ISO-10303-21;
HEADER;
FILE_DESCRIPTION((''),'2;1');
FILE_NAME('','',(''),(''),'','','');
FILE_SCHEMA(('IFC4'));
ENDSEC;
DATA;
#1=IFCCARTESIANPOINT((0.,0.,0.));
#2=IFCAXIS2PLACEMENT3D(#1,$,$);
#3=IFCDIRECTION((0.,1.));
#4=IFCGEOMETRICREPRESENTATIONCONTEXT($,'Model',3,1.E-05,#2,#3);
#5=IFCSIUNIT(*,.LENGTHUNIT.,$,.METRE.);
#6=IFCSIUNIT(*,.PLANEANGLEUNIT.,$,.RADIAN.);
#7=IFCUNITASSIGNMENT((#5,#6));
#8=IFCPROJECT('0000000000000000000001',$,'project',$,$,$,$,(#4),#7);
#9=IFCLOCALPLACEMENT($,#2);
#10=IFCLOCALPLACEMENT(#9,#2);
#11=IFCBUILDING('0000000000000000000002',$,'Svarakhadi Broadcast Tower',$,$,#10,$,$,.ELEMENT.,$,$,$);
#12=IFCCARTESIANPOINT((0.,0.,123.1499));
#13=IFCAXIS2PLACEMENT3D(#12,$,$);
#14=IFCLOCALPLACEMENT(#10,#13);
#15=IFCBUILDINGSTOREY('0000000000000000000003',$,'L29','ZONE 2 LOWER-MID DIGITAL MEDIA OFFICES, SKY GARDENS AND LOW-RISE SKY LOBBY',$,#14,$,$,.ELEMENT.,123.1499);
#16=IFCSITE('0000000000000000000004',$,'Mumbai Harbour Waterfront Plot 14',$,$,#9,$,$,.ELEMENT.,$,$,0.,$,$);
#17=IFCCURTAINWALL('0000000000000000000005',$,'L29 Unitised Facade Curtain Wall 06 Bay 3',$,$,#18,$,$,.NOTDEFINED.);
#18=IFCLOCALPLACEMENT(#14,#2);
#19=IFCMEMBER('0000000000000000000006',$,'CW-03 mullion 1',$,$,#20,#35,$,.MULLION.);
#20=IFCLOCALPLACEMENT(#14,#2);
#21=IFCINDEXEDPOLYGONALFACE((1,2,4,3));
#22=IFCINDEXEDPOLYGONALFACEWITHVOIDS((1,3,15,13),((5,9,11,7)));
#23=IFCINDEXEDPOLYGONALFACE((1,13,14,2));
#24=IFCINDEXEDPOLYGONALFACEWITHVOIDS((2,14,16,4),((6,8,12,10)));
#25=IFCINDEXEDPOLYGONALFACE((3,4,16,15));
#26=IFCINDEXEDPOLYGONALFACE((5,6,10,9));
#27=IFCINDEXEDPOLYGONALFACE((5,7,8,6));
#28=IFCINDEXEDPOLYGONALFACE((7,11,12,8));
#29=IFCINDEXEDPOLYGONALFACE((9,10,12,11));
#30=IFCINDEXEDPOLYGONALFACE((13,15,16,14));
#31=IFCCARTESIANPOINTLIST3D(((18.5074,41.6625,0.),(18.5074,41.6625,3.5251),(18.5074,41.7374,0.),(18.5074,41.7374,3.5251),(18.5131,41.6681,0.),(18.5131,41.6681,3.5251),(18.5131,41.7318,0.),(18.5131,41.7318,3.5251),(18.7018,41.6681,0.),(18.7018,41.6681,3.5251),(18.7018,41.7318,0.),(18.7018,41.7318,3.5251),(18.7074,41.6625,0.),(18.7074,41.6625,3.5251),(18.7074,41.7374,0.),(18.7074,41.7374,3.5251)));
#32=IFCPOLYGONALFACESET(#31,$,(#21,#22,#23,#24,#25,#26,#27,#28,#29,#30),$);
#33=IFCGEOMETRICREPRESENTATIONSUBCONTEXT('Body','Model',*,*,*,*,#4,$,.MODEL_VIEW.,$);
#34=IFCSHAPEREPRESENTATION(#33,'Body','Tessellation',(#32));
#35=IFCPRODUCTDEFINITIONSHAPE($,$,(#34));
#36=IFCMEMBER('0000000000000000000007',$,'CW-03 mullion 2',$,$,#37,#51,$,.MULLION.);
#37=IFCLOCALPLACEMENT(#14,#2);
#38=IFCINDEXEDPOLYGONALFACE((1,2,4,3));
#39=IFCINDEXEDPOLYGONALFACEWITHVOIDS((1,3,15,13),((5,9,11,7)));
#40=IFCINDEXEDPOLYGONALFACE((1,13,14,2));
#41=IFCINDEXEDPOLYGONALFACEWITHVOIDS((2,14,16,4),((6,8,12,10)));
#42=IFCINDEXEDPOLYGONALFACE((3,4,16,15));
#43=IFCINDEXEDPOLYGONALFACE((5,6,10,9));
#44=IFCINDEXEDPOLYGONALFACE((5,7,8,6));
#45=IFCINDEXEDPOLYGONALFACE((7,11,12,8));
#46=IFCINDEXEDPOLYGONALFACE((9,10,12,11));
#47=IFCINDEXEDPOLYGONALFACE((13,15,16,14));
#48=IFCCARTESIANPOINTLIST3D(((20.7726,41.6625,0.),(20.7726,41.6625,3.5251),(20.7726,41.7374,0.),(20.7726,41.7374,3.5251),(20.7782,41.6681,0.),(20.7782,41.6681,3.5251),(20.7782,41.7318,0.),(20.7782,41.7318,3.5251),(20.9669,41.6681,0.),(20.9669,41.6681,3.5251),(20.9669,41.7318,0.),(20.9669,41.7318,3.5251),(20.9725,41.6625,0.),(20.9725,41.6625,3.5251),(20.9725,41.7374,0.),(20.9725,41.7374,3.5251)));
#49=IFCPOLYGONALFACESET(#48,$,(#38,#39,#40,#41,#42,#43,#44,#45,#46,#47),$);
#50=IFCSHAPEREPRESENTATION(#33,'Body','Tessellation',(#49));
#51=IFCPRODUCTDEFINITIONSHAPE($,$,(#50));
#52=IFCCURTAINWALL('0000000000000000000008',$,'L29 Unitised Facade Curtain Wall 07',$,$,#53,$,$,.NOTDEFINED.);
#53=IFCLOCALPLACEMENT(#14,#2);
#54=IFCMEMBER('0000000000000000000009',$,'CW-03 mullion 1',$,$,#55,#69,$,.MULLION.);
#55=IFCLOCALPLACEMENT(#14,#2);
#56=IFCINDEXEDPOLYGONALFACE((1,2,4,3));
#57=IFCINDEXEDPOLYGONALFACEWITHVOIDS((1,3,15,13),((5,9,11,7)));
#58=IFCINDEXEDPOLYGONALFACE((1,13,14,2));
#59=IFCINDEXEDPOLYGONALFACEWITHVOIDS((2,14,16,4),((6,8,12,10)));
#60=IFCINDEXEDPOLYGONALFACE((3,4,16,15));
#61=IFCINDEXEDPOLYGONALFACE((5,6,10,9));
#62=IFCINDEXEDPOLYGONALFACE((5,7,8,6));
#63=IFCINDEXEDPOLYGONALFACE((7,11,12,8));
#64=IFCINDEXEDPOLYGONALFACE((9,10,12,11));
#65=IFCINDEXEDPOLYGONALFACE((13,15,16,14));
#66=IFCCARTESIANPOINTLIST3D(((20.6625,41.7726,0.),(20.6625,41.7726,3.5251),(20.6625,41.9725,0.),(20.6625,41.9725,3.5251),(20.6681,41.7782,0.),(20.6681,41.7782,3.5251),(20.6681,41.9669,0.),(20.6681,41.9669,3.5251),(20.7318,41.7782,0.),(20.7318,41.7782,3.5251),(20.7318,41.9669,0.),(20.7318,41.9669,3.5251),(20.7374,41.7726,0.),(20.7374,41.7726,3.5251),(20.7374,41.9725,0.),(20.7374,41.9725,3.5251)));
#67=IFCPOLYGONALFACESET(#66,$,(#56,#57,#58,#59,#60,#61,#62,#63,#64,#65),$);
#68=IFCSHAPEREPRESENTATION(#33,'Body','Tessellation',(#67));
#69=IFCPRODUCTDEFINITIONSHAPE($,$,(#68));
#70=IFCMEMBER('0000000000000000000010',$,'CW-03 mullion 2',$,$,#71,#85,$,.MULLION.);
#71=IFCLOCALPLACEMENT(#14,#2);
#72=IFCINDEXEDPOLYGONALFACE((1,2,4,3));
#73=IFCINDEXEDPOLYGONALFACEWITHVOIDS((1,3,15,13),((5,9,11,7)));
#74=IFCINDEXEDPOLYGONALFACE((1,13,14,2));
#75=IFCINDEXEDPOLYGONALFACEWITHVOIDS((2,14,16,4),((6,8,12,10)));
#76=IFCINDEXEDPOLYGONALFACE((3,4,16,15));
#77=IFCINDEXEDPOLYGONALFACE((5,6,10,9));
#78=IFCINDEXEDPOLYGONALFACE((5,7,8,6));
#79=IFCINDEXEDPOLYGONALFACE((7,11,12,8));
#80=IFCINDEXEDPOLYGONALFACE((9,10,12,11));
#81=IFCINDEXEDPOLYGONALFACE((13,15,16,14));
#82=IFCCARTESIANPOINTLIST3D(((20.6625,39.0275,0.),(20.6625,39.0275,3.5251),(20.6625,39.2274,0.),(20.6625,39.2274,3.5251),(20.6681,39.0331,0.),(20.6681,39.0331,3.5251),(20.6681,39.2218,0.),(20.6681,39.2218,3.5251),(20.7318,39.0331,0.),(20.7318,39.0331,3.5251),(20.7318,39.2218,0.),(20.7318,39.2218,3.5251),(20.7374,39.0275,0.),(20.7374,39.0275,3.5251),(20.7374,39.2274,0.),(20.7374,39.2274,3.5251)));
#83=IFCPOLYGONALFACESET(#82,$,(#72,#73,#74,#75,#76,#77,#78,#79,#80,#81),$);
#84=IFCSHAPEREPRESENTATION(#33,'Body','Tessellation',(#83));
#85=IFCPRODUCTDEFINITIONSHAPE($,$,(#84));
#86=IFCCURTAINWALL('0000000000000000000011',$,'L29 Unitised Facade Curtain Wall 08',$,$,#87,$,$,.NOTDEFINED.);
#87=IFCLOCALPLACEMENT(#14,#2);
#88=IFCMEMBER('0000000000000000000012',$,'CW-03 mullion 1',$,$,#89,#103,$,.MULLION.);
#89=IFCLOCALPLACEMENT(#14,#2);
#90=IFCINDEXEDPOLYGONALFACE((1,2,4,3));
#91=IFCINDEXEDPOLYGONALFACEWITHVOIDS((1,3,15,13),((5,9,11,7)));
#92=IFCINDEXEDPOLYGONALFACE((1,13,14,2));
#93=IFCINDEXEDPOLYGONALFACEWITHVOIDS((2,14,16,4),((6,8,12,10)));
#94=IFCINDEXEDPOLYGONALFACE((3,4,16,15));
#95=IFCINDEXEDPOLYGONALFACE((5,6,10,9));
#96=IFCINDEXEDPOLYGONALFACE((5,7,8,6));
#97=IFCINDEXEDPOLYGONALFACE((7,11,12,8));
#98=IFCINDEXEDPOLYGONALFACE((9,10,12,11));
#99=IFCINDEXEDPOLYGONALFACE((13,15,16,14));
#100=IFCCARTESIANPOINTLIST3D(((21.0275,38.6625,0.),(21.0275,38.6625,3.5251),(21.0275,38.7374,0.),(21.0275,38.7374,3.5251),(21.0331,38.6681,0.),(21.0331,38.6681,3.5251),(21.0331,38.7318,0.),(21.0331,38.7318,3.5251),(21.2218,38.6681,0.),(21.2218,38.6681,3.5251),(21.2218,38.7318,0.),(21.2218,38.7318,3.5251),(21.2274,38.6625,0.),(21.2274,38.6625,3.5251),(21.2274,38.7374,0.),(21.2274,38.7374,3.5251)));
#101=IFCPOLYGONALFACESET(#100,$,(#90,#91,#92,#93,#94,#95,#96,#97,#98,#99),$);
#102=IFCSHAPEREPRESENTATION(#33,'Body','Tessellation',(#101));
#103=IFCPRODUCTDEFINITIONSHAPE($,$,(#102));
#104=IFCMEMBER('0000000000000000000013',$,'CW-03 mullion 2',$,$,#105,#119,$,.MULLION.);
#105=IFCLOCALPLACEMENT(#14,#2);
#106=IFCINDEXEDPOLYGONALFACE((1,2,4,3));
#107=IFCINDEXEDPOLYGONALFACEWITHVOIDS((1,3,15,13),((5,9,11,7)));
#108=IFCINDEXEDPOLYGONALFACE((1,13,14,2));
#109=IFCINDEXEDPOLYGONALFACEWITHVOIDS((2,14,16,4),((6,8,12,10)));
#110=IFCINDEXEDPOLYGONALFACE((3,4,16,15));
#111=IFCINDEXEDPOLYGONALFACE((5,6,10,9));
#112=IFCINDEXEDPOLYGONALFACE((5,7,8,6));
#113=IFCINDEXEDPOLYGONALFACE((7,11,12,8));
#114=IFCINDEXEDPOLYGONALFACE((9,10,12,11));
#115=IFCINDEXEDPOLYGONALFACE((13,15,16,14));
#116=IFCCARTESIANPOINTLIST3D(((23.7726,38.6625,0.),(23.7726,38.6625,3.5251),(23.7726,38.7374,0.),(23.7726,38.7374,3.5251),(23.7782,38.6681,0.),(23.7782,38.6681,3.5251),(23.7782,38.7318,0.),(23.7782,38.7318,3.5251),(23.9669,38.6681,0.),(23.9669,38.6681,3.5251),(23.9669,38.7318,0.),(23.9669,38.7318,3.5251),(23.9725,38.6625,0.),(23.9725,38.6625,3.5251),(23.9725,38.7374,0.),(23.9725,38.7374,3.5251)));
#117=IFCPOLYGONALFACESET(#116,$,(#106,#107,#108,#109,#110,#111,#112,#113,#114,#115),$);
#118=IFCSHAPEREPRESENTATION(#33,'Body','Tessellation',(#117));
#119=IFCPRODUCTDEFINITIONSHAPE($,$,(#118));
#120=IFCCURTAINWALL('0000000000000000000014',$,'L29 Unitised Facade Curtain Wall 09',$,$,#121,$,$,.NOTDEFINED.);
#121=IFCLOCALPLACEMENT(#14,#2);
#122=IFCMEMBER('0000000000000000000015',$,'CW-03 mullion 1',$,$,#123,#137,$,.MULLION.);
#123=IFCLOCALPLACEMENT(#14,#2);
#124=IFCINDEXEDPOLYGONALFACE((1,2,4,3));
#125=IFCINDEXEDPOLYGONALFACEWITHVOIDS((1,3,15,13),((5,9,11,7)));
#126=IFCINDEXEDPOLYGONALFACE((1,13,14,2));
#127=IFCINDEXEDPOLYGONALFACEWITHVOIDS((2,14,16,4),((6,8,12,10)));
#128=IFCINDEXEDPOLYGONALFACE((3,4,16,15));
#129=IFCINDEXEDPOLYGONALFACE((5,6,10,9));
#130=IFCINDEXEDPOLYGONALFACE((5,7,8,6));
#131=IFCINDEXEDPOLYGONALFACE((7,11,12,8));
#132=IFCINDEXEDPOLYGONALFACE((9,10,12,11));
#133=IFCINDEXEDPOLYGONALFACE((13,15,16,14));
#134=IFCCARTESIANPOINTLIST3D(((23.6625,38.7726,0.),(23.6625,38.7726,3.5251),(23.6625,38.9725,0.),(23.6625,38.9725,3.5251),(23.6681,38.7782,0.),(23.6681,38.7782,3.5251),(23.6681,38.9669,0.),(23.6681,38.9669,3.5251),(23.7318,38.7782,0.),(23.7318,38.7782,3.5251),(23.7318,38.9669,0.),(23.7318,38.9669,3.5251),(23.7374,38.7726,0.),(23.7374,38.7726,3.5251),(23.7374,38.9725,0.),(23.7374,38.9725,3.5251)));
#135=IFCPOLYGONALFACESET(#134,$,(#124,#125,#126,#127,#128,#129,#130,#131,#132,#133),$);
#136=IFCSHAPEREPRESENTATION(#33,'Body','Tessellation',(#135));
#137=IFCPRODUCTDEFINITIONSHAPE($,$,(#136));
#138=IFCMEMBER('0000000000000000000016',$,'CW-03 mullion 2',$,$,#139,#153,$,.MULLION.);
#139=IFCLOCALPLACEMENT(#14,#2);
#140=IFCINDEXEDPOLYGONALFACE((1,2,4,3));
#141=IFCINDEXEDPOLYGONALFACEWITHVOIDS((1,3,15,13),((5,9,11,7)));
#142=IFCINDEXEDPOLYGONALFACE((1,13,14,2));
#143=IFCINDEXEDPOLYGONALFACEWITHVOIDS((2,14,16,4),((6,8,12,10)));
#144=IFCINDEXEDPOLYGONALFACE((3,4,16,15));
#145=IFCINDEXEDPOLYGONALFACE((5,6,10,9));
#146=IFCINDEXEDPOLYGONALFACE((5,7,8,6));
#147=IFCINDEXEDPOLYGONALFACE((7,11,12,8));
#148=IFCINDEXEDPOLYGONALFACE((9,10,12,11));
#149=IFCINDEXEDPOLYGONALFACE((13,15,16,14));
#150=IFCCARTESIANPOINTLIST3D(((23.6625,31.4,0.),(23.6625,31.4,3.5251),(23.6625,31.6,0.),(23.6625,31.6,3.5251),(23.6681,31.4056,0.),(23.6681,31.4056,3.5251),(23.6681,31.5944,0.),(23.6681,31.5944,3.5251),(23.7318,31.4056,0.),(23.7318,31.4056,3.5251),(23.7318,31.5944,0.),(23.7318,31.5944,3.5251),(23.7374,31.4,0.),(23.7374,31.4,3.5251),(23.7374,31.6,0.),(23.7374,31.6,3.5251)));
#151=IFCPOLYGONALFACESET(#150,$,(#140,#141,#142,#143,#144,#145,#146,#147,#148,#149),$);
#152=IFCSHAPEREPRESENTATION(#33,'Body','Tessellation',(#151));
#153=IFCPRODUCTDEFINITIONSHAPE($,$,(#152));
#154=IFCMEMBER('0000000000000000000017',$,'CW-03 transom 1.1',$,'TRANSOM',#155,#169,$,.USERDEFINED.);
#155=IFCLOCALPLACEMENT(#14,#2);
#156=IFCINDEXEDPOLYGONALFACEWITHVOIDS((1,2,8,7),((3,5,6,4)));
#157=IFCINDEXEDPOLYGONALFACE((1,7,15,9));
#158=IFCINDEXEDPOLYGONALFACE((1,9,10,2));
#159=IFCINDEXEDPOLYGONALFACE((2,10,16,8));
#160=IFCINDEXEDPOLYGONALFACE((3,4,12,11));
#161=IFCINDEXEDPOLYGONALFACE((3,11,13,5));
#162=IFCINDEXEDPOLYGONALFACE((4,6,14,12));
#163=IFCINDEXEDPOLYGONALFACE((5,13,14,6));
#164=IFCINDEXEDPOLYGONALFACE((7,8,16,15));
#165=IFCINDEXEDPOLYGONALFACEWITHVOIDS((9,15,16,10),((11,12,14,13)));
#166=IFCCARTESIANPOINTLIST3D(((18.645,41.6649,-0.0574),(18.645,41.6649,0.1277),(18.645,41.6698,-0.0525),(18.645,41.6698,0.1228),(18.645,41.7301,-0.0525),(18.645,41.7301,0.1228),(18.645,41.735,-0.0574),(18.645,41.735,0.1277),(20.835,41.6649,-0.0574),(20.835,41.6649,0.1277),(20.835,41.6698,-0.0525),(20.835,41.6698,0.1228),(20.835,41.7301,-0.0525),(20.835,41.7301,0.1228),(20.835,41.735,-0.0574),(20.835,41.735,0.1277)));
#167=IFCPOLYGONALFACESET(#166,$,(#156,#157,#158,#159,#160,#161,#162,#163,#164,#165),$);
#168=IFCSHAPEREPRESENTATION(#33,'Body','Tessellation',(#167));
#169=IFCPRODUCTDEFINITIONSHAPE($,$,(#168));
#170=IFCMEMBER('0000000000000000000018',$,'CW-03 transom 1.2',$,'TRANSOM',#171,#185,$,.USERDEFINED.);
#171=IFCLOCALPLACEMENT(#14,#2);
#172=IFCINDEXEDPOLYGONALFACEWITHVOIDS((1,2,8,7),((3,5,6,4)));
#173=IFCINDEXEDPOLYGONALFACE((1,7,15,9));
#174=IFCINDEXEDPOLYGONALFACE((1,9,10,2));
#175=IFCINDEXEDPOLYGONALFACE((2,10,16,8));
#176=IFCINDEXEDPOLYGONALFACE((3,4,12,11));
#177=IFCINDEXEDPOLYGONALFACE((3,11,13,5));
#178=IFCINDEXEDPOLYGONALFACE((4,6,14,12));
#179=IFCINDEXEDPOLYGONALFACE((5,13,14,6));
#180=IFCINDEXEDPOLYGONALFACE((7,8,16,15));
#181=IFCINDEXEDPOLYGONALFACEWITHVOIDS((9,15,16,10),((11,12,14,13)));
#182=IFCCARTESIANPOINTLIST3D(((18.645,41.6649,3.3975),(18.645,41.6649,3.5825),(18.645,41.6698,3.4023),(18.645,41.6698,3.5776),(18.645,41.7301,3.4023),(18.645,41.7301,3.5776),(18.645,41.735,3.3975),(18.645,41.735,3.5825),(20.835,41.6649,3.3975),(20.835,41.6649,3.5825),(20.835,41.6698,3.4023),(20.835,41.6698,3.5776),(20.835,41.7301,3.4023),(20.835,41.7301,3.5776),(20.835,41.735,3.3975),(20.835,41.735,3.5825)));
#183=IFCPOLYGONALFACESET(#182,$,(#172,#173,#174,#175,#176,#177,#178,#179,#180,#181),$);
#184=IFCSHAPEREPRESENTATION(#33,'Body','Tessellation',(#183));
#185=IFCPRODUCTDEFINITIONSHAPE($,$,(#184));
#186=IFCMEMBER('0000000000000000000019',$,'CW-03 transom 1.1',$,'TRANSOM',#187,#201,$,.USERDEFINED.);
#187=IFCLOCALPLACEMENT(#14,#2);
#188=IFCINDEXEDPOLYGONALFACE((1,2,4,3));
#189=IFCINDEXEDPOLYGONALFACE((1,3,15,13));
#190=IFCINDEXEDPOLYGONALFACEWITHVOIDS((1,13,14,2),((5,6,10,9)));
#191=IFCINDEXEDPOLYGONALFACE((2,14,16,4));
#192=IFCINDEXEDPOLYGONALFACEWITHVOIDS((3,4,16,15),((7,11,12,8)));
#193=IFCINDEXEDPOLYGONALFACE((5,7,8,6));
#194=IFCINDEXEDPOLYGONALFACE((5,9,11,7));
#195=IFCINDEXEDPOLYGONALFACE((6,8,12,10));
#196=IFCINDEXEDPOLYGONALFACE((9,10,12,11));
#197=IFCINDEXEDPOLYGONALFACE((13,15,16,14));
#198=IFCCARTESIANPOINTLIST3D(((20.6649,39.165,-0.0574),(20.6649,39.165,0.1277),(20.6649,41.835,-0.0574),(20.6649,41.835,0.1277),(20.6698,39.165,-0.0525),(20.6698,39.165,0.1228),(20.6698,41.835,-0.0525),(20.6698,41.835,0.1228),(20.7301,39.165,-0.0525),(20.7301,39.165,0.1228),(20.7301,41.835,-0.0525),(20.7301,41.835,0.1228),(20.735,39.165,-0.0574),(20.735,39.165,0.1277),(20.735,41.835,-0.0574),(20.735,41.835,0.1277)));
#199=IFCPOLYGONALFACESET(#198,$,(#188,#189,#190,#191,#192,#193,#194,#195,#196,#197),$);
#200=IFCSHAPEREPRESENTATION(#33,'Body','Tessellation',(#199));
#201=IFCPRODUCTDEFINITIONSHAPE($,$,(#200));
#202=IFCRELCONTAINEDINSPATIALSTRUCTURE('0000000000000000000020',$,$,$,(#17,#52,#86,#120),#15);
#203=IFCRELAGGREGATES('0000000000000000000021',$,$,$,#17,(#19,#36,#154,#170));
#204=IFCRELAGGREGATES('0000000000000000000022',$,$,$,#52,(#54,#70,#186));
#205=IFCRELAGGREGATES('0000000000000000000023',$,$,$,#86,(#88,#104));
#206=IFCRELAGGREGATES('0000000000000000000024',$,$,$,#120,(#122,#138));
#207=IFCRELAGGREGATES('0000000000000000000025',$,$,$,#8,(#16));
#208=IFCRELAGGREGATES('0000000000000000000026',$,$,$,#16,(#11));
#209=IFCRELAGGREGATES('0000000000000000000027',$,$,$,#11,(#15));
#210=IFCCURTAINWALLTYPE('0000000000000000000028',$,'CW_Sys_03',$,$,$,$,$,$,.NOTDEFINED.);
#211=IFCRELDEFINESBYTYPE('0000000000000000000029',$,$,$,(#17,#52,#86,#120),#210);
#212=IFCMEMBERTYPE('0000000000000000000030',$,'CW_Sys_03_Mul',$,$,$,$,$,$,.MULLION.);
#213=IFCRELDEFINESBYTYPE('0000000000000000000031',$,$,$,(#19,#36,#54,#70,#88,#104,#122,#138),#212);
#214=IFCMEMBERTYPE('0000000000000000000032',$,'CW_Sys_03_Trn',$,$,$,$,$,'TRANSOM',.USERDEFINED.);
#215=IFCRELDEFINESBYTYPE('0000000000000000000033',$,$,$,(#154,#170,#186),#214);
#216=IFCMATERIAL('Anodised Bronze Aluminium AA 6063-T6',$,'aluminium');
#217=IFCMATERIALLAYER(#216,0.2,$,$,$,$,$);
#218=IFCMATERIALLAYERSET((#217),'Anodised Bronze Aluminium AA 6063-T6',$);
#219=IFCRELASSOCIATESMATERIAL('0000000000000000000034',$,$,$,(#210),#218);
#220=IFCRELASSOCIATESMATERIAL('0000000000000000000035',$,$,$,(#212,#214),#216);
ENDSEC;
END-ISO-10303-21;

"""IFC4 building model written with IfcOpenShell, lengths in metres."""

from ifc_helpers import new_model, si_unit, direction, frame, origin, origin_2d, place, context, subcontext, project, spatial, hollow_rectangle, extrude, material, layer, layer_set, material_profile, profile_set, type_object, element, aggregate, save


model = new_model("IFC4")

# Units and contexts
model_context = context("Model", 3, precision=1e-05, world=origin(), true_north=direction((0.0, 1.0)))
body_context = subcontext(model_context, "Body", "Model", "MODEL_VIEW")
ifc_project = project(units=[si_unit("LENGTHUNIT", "METRE"), si_unit("PLANEANGLEUNIT", "RADIAN")], contexts=[model_context])

# Site, building, storey
site_placement = place(None, origin())
site = spatial("IfcSite", under=ifc_project, at=site_placement, Name="Mumbai Harbour Waterfront Plot 14", CompositionType="ELEMENT", RefElevation=0.0)
building_placement = place(site_placement, origin())
building = spatial("IfcBuilding", under=site, at=building_placement, Name="Svarakhadi Broadcast Tower", CompositionType="ELEMENT")
storey_placement = place(building_placement, frame((0.0, 0.0, 123.1499)))
storey = spatial("IfcBuildingStorey", under=building, at=storey_placement, Name="L29", Description="ZONE 2 LOWER-MID DIGITAL MEDIA OFFICES, SKY GARDENS AND LOW-RISE SKY LOBBY", CompositionType="ELEMENT", Elevation=123.1499)

# Curtain walls, members
ifc_material_1 = material(Name="Anodised Bronze Aluminium AA 6063-T6", Category="aluminium")
ifc_layer_1 = layer(ifc_material_1, 0.2)
ifc_layer_set_1 = layer_set([ifc_layer_1], Name="Anodised Bronze Aluminium AA 6063-T6")
curtain_wall_type = type_object("IfcCurtainWallType", Name="CW_Sys_03", PredefinedType="NOTDEFINED", material=ifc_layer_set_1)
curtain_wall_1_placement = place(storey_placement, origin())
curtain_wall_1 = element("IfcCurtainWall", 1, at=curtain_wall_1_placement, inside=storey, type_object=curtain_wall_type, Name="L29 Unitised Facade Curtain Wall 06 Bay 3", PredefinedType="NOTDEFINED")
ifc_material_profile_1 = material_profile(ifc_material_1, hollow_rectangle(XDim=0.075, YDim=0.2, WallThickness=0.0056, at=origin_2d()), Name="ALU MULLION 200x75x6")
ifc_profile_set_1 = profile_set([ifc_material_profile_1], Name="Anodised Bronze Aluminium AA 6063-T6")
member_type_1 = type_object("IfcMemberType", Name="CW_Sys_03_Mul", PredefinedType="MULLION", material=ifc_profile_set_1)
member_1_placement = place(storey_placement, frame((18.6074, 41.7, 0.0), z_axis=(0.0, 0.0, 1.0), x_axis=(0.0, 1.0, 0.0)))
member_1 = element("IfcMember", 2, at=member_1_placement, type_object=member_type_1, Name="CW-03 mullion 1", PredefinedType="MULLION", context=body_context, shape_type="SweptSolid", body=[
    extrude(hollow_rectangle(XDim=0.075, YDim=0.2, WallThickness=0.0056, at=origin_2d()), origin(), (0.0, 0.0, 1.0), 3.5251),
])
member_2_placement = place(storey_placement, frame((20.8726, 41.7, 0.0), z_axis=(0.0, 0.0, 1.0), x_axis=(0.0, 1.0, 0.0)))
member_2 = element("IfcMember", 3, at=member_2_placement, type_object=member_type_1, Name="CW-03 mullion 2", PredefinedType="MULLION", context=body_context, shape_type="SweptSolid", body=[
    extrude(hollow_rectangle(XDim=0.075, YDim=0.2, WallThickness=0.0056, at=origin_2d()), origin(), (0.0, 0.0, 1.0), 3.5251),
])
curtain_wall_2_placement = place(storey_placement, origin())
curtain_wall_2 = element("IfcCurtainWall", 4, at=curtain_wall_2_placement, inside=storey, type_object=curtain_wall_type, Name="L29 Unitised Facade Curtain Wall 07", PredefinedType="NOTDEFINED")
member_3_placement = place(storey_placement, frame((20.7, 41.8726, 0.0), z_axis=(0.0, 0.0, 1.0), x_axis=(1.0, 0.0, 0.0)))
member_3 = element("IfcMember", 5, at=member_3_placement, type_object=member_type_1, Name="CW-03 mullion 1", PredefinedType="MULLION", context=body_context, shape_type="SweptSolid", body=[
    extrude(hollow_rectangle(XDim=0.075, YDim=0.2, WallThickness=0.0056, at=origin_2d()), origin(), (0.0, 0.0, 1.0), 3.5251),
])
member_4_placement = place(storey_placement, frame((20.7, 39.1274, 0.0), z_axis=(0.0, 0.0, 1.0), x_axis=(1.0, 0.0, 0.0)))
member_4 = element("IfcMember", 6, at=member_4_placement, type_object=member_type_1, Name="CW-03 mullion 2", PredefinedType="MULLION", context=body_context, shape_type="SweptSolid", body=[
    extrude(hollow_rectangle(XDim=0.075, YDim=0.2, WallThickness=0.0056, at=origin_2d()), origin(), (0.0, 0.0, 1.0), 3.5251),
])
curtain_wall_3_placement = place(storey_placement, origin())
curtain_wall_3 = element("IfcCurtainWall", 7, at=curtain_wall_3_placement, inside=storey, type_object=curtain_wall_type, Name="L29 Unitised Facade Curtain Wall 08", PredefinedType="NOTDEFINED")
member_5_placement = place(storey_placement, frame((21.1274, 38.7, 0.0), z_axis=(0.0, 0.0, 1.0), x_axis=(0.0, 1.0, 0.0)))
member_5 = element("IfcMember", 8, at=member_5_placement, type_object=member_type_1, Name="CW-03 mullion 1", PredefinedType="MULLION", context=body_context, shape_type="SweptSolid", body=[
    extrude(hollow_rectangle(XDim=0.075, YDim=0.2, WallThickness=0.0056, at=origin_2d()), origin(), (0.0, 0.0, 1.0), 3.5251),
])
member_6_placement = place(storey_placement, frame((23.8726, 38.7, 0.0), z_axis=(0.0, 0.0, 1.0), x_axis=(0.0, 1.0, 0.0)))
member_6 = element("IfcMember", 9, at=member_6_placement, type_object=member_type_1, Name="CW-03 mullion 2", PredefinedType="MULLION", context=body_context, shape_type="SweptSolid", body=[
    extrude(hollow_rectangle(XDim=0.075, YDim=0.2, WallThickness=0.0056, at=origin_2d()), origin(), (0.0, 0.0, 1.0), 3.5251),
])
curtain_wall_4_placement = place(storey_placement, origin())
curtain_wall_4 = element("IfcCurtainWall", 10, at=curtain_wall_4_placement, inside=storey, type_object=curtain_wall_type, Name="L29 Unitised Facade Curtain Wall 09", PredefinedType="NOTDEFINED")
member_7_placement = place(storey_placement, frame((23.7, 38.8726, 0.0), z_axis=(0.0, 0.0, 1.0), x_axis=(1.0, 0.0, 0.0)))
member_7 = element("IfcMember", 11, at=member_7_placement, type_object=member_type_1, Name="CW-03 mullion 1", PredefinedType="MULLION", context=body_context, shape_type="SweptSolid", body=[
    extrude(hollow_rectangle(XDim=0.075, YDim=0.2, WallThickness=0.0056, at=origin_2d()), origin(), (0.0, 0.0, 1.0), 3.5251),
])
member_8_placement = place(storey_placement, frame((23.7, 31.5, 0.0), z_axis=(0.0, 0.0, 1.0), x_axis=(1.0, 0.0, 0.0)))
member_8 = element("IfcMember", 12, at=member_8_placement, type_object=member_type_1, Name="CW-03 mullion 2", PredefinedType="MULLION", context=body_context, shape_type="SweptSolid", body=[
    extrude(hollow_rectangle(XDim=0.075, YDim=0.2, WallThickness=0.0056, at=origin_2d()), origin(), (0.0, 0.0, 1.0), 3.5251),
])

# Members
ifc_material_profile_2 = material_profile(ifc_material_1, hollow_rectangle(XDim=0.0701, YDim=0.1851, WallThickness=0.0049, at=origin_2d()), Name="ALU TRANSOM 185x70x5")
ifc_profile_set_2 = profile_set([ifc_material_profile_2], Name="Anodised Bronze Aluminium AA 6063-T6")
member_type_2 = type_object("IfcMemberType", Name="CW_Sys_03_Trn", ElementType="TRANSOM", PredefinedType="USERDEFINED", material=ifc_profile_set_2)
member_9_placement = place(storey_placement, frame((18.645, 41.7, 0.0352), z_axis=(1.0, 0.0, 0.0), x_axis=(0.0, 1.0, 0.0)))
member_9 = element("IfcMember", 13, at=member_9_placement, type_object=member_type_2, Name="CW-03 transom 1.1", ObjectType="TRANSOM", PredefinedType="USERDEFINED", context=body_context, shape_type="SweptSolid", body=[
    extrude(hollow_rectangle(XDim=0.0701, YDim=0.1851, WallThickness=0.0049, at=origin_2d()), origin(), (0.0, 0.0, 1.0), 2.1899),
])
member_10_placement = place(storey_placement, frame((18.645, 41.7, 3.49), z_axis=(1.0, 0.0, 0.0), x_axis=(0.0, 1.0, 0.0)))
member_10 = element("IfcMember", 14, at=member_10_placement, type_object=member_type_2, Name="CW-03 transom 1.2", ObjectType="TRANSOM", PredefinedType="USERDEFINED", context=body_context, shape_type="SweptSolid", body=[
    extrude(hollow_rectangle(XDim=0.0701, YDim=0.1851, WallThickness=0.0049, at=origin_2d()), origin(), (0.0, 0.0, 1.0), 2.1899),
])
member_11_placement = place(storey_placement, frame((20.7, 41.835, 0.0352), z_axis=(0.0, -1.0, 0.0), x_axis=(1.0, 0.0, 0.0)))
member_11 = element("IfcMember", 15, at=member_11_placement, type_object=member_type_2, Name="CW-03 transom 1.1", ObjectType="TRANSOM", PredefinedType="USERDEFINED", context=body_context, shape_type="SweptSolid", body=[
    extrude(hollow_rectangle(XDim=0.0701, YDim=0.1851, WallThickness=0.0049, at=origin_2d()), origin(), (0.0, 0.0, 1.0), 2.6699),
])

aggregate(curtain_wall_1, [member_1, member_2, member_9, member_10])
aggregate(curtain_wall_2, [member_3, member_4, member_11])
aggregate(curtain_wall_3, [member_5, member_6])
aggregate(curtain_wall_4, [member_7, member_8])

save(model, "model.ifc")
